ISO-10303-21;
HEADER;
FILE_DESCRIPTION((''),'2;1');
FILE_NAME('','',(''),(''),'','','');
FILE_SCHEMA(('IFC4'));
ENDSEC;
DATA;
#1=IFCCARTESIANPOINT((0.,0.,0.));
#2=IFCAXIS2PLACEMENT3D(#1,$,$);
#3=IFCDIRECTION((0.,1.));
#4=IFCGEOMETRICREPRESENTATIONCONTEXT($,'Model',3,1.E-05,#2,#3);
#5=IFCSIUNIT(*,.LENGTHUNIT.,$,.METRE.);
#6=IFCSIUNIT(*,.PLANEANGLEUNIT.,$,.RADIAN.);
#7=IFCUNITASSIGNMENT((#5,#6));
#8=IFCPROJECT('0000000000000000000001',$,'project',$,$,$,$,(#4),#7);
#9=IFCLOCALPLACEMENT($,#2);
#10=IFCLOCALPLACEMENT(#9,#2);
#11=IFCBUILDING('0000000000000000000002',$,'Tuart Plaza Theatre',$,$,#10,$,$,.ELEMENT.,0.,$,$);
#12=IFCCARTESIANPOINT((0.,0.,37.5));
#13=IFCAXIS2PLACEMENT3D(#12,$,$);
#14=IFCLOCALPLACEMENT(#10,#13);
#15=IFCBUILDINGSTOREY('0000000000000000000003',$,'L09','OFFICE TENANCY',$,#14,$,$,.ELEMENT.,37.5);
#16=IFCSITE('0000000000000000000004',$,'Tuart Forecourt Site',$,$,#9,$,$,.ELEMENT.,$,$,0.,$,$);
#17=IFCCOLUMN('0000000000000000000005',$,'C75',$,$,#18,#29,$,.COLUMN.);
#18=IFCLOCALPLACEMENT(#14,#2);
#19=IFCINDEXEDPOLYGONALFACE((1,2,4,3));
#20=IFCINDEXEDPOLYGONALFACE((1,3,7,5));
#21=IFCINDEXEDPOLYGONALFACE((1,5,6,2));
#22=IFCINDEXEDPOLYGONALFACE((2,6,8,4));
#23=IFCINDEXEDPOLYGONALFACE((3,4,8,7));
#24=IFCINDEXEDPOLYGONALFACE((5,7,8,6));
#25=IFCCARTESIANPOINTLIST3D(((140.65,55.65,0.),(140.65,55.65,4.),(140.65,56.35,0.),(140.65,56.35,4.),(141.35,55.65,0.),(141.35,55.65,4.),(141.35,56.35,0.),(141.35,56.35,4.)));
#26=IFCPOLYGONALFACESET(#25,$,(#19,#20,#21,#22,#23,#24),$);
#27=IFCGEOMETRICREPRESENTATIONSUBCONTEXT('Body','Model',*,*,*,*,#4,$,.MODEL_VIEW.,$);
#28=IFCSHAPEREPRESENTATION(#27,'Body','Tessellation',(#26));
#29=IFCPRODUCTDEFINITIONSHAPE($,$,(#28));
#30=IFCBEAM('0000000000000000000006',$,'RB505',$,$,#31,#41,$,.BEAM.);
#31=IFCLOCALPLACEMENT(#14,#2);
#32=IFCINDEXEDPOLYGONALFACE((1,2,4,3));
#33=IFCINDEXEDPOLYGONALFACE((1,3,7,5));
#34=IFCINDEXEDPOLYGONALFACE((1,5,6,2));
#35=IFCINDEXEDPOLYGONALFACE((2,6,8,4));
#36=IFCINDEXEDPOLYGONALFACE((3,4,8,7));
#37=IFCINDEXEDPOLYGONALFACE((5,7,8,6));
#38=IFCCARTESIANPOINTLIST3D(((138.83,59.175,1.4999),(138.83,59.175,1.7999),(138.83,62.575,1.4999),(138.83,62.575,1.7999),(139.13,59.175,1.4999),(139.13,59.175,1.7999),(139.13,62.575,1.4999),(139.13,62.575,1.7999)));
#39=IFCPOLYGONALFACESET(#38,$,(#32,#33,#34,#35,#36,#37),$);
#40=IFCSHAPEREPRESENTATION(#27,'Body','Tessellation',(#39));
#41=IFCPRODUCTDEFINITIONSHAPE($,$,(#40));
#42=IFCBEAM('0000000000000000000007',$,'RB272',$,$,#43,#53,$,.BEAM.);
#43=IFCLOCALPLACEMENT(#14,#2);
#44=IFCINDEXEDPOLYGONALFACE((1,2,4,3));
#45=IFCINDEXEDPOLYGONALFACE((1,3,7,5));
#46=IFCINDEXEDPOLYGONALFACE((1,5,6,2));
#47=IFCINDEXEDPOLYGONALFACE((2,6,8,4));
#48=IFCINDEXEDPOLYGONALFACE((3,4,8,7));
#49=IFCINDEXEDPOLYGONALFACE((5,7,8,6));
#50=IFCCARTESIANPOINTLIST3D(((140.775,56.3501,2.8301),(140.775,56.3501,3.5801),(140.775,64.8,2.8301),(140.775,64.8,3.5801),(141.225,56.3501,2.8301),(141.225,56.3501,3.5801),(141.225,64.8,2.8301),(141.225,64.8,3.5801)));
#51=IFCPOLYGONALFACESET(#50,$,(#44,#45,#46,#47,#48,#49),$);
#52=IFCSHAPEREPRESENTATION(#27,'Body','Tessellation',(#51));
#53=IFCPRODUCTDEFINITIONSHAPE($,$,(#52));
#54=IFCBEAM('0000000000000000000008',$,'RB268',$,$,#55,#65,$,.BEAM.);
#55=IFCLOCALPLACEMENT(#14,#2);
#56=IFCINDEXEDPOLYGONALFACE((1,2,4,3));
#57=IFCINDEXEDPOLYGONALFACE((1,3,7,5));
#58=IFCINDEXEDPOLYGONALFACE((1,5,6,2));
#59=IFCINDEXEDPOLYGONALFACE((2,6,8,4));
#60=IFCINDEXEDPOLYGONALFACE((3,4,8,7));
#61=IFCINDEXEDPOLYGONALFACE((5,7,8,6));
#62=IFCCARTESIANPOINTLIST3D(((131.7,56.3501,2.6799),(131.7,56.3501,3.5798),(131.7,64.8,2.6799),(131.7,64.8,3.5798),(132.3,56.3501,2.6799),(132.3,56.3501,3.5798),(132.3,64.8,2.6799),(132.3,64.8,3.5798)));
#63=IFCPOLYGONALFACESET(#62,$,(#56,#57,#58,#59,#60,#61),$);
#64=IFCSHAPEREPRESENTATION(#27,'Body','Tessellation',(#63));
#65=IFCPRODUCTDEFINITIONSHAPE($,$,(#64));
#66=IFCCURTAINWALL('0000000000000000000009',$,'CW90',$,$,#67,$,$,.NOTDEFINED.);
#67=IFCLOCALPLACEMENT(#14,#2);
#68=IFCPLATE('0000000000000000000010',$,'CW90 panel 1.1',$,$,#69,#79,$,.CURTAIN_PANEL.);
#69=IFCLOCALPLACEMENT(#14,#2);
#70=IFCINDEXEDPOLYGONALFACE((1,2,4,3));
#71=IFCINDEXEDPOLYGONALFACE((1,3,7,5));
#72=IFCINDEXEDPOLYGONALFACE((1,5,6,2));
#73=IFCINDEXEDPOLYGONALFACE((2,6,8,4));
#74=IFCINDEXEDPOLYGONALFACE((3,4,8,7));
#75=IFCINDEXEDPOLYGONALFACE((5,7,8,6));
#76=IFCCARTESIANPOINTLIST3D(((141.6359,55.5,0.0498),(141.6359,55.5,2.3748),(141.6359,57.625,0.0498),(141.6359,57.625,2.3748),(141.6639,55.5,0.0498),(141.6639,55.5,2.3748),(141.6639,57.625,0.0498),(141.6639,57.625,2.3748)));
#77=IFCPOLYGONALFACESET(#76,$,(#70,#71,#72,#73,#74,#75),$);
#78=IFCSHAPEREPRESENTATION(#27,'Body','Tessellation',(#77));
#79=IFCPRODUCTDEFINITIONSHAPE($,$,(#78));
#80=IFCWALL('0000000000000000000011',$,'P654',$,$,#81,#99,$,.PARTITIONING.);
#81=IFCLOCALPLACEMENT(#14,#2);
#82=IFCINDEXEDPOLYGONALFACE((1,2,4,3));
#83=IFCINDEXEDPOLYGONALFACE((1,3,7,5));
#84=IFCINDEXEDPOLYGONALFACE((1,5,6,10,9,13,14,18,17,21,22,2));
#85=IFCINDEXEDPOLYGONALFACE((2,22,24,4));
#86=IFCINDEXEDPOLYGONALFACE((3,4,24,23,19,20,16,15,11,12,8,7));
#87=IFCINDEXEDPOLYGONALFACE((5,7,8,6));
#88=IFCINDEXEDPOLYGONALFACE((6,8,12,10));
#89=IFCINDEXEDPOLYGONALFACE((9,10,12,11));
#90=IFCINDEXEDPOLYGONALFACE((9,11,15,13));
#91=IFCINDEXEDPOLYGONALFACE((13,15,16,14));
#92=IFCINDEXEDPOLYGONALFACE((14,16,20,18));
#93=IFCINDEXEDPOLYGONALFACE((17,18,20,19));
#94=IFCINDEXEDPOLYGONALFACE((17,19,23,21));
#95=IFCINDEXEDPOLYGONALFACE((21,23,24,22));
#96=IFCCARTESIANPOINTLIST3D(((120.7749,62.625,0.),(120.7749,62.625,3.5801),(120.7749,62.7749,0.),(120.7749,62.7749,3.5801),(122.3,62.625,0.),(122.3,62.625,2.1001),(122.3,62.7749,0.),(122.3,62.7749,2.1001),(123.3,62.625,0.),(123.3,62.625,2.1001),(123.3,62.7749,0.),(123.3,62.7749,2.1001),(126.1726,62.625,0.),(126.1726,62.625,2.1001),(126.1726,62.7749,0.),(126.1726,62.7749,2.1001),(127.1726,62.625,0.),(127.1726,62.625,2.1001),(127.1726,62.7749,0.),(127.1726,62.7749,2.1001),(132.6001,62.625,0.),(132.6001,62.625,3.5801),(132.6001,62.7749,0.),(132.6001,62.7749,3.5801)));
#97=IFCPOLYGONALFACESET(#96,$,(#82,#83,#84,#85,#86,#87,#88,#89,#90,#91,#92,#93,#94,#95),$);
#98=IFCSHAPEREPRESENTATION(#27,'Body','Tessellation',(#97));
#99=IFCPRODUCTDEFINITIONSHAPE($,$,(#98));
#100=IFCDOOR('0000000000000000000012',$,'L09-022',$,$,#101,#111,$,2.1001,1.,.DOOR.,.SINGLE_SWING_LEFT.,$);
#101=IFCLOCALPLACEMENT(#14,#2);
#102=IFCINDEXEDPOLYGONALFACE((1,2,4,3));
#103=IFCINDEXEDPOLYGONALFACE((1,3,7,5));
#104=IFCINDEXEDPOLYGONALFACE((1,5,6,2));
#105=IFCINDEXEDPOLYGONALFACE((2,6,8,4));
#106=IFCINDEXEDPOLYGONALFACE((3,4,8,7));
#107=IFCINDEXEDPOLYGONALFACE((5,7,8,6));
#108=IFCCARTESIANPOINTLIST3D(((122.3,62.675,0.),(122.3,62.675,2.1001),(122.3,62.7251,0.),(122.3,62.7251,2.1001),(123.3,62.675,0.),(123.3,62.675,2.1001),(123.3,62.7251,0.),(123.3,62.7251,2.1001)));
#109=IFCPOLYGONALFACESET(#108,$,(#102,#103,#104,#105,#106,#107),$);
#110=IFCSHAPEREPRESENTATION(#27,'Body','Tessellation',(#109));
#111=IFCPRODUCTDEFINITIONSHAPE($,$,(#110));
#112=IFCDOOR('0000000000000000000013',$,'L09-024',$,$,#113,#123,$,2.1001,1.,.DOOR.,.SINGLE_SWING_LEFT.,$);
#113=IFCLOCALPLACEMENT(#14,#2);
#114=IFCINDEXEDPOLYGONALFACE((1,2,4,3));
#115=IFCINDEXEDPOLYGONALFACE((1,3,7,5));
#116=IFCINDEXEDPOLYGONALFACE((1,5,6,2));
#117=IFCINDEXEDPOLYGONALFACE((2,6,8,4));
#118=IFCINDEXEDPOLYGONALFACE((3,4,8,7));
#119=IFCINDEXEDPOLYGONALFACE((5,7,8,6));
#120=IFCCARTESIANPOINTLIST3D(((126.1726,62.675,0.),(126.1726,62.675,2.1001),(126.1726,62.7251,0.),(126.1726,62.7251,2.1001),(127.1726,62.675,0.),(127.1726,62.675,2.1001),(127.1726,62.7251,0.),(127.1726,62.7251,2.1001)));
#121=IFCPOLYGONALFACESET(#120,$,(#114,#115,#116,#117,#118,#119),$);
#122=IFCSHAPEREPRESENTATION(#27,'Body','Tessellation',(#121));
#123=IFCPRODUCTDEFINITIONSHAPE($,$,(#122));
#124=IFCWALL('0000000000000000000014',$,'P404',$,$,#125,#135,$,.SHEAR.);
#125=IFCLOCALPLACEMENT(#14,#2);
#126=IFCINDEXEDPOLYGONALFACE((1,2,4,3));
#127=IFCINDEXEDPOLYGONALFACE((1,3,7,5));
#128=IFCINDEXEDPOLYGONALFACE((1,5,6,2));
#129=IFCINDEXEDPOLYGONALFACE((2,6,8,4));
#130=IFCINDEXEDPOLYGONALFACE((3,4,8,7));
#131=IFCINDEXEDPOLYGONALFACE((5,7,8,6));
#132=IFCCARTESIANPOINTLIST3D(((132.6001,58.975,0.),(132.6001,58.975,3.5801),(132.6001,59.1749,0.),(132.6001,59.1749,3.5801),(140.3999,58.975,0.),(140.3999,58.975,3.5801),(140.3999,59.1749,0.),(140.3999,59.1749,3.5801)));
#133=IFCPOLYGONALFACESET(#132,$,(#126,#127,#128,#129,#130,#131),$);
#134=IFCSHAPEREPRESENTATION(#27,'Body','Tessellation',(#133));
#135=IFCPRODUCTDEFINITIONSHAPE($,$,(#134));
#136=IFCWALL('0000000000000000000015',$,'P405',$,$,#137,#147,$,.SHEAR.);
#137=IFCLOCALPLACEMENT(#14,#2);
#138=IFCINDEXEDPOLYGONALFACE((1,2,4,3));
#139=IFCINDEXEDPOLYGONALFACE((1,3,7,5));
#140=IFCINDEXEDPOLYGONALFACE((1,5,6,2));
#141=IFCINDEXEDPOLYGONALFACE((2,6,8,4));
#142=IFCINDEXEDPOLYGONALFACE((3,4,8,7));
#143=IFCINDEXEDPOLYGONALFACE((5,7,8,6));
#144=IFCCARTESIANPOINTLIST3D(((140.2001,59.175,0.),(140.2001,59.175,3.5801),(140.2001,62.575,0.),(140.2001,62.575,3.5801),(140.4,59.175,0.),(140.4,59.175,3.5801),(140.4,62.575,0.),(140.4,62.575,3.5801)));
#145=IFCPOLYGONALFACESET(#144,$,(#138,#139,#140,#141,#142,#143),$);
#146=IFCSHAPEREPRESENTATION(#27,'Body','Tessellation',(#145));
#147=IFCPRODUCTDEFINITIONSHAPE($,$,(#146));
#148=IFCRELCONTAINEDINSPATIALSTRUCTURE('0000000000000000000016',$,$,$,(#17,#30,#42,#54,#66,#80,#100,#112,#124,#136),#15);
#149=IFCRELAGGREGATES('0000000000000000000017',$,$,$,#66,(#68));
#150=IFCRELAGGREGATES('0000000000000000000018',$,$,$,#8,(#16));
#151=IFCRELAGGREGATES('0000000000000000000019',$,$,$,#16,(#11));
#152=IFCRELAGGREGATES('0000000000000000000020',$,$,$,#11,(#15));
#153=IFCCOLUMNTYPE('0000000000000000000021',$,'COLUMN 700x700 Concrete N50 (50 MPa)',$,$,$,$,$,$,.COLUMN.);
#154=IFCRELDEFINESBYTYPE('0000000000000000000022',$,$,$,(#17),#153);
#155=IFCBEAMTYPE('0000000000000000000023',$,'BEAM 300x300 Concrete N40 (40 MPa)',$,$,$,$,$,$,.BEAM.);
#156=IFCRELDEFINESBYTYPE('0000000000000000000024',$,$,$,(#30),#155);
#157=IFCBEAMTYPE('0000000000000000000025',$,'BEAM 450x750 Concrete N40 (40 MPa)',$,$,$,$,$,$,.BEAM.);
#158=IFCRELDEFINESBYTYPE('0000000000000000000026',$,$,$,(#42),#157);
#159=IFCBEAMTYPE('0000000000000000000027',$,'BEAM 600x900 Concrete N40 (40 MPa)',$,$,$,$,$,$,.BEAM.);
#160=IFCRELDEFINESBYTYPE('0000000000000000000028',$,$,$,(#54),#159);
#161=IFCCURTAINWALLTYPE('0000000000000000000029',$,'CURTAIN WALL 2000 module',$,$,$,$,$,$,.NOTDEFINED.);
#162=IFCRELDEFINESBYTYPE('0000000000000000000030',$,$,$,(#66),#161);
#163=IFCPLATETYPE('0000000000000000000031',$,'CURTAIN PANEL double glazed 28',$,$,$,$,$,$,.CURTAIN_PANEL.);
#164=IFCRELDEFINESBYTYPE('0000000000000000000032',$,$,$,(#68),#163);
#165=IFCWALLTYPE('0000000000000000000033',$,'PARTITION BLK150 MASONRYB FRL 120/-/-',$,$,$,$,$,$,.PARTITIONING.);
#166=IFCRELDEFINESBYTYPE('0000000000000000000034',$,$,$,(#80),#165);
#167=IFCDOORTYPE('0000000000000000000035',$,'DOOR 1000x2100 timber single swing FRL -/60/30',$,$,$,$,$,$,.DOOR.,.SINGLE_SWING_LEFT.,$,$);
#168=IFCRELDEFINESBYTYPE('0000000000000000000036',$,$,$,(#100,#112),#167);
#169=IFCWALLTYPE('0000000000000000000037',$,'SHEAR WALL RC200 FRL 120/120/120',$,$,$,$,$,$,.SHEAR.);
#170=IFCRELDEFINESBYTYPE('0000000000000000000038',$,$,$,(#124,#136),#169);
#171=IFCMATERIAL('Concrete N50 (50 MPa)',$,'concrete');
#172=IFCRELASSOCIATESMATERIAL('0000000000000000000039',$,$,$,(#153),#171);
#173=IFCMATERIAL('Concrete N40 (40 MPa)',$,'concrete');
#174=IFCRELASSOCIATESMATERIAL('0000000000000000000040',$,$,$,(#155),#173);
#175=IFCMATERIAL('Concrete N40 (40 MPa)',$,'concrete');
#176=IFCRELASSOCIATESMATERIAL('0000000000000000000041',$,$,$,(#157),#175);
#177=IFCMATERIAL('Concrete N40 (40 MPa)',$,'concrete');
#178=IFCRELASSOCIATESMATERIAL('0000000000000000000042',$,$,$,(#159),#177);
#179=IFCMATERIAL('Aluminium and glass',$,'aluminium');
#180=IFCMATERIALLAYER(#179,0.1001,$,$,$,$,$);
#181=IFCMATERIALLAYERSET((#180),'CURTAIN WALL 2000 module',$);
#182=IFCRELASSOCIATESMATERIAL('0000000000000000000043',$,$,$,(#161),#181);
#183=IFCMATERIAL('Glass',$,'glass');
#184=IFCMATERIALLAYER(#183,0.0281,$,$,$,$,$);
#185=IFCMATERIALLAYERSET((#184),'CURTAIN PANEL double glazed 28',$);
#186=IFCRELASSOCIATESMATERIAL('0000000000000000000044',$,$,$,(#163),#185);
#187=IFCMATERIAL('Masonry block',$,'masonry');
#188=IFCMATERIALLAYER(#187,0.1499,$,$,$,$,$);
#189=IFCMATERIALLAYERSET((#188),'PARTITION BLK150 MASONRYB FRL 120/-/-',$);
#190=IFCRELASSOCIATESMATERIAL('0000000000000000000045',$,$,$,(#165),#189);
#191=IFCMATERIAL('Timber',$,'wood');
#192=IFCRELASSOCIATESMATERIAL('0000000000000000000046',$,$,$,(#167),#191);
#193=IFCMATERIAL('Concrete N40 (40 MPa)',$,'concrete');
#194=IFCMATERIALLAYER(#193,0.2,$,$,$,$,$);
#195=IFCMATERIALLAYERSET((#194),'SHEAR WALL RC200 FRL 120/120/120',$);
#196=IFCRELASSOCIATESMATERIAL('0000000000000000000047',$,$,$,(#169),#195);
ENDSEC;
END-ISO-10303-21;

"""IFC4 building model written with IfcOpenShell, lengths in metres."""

from ifc_helpers import new_model, si_unit, direction, frame, frame_2d, origin, origin_2d, place, context, subcontext, project, spatial, rectangle, extrude, material, layer, layer_set, material_profile, profile_set, type_object, element, fill, aggregate, save


model = new_model("IFC4")

# Units and contexts
model_context = context("Model", 3, precision=1e-05, world=origin(), true_north=direction((0.0, 1.0)))
body_context = subcontext(model_context, "Body", "Model", "MODEL_VIEW")
ifc_project = project(units=[si_unit("LENGTHUNIT", "METRE"), si_unit("PLANEANGLEUNIT", "RADIAN")], contexts=[model_context])

# Site, building, storey
site_placement = place(None, origin())
site = spatial("IfcSite", under=ifc_project, at=site_placement, Name="Tuart Forecourt Site", CompositionType="ELEMENT", RefElevation=0.0)
building_placement = place(site_placement, origin())
building = spatial("IfcBuilding", under=site, at=building_placement, Name="Tuart Plaza Theatre", CompositionType="ELEMENT", ElevationOfRefHeight=0.0)
storey_placement = place(building_placement, frame((0.0, 0.0, 37.5)))
storey = spatial("IfcBuildingStorey", under=building, at=storey_placement, Name="L09", Description="OFFICE TENANCY", CompositionType="ELEMENT", Elevation=37.5)

# Column
ifc_material_1 = material(Name="Concrete N50 (50 MPa)", Category="concrete")
ifc_material_profile_1 = material_profile(ifc_material_1, rectangle(XDim=0.7, YDim=0.7, at=origin_2d()), Name="COLUMN 700x700 Concrete N50 (50 MPa)")
ifc_profile_set_1 = profile_set([ifc_material_profile_1], Name="Concrete N50 (50 MPa)")
column_type = type_object("IfcColumnType", Name="COLUMN 700x700 Concrete N50 (50 MPa)", PredefinedType="COLUMN", material=ifc_profile_set_1)
column_placement = place(storey_placement, frame((141.0, 56.0, 0.0), z_axis=(0.0, 0.0, 1.0), x_axis=(1.0, 0.0, 0.0)))
element("IfcColumn", 1, at=column_placement, inside=storey, type_object=column_type, Name="C75", PredefinedType="COLUMN", context=body_context, shape_type="SweptSolid", body=[
    extrude(rectangle(XDim=0.7, YDim=0.7, at=origin_2d()), origin(), (0.0, 0.0, 1.0), 4.0),
])

# Beams
ifc_material_2 = material(Name="Concrete N40 (40 MPa)", Category="concrete")
ifc_material_profile_2 = material_profile(ifc_material_2, rectangle(XDim=0.3, YDim=0.3, at=origin_2d()), Name="BEAM 300x300 Concrete N40 (40 MPa)")
ifc_profile_set_2 = profile_set([ifc_material_profile_2], Name="Concrete N40 (40 MPa)")
beam_type_1 = type_object("IfcBeamType", Name="BEAM 300x300 Concrete N40 (40 MPa)", PredefinedType="BEAM", material=ifc_profile_set_2)
beam_1_placement = place(storey_placement, frame((138.98, 59.175, 1.6499), z_axis=(0.0, 1.0, 0.0), x_axis=(-1.0, 0.0, 0.0)))
element("IfcBeam", 2, at=beam_1_placement, inside=storey, type_object=beam_type_1, Name="RB505", PredefinedType="BEAM", context=body_context, shape_type="SweptSolid", body=[
    extrude(rectangle(XDim=0.3, YDim=0.3, at=origin_2d()), origin(), (0.0, 0.0, 1.0), 3.3999),
])
ifc_material_3 = material(Name="Concrete N40 (40 MPa)", Category="concrete")
ifc_material_profile_3 = material_profile(ifc_material_3, rectangle(XDim=0.45, YDim=0.75, at=origin_2d()), Name="BEAM 450x750 Concrete N40 (40 MPa)")
ifc_profile_set_3 = profile_set([ifc_material_profile_3], Name="Concrete N40 (40 MPa)")
beam_type_2 = type_object("IfcBeamType", Name="BEAM 450x750 Concrete N40 (40 MPa)", PredefinedType="BEAM", material=ifc_profile_set_3)
beam_2_placement = place(storey_placement, frame((141.0, 56.3501, 3.2051), z_axis=(0.0, 1.0, 0.0), x_axis=(-1.0, 0.0, 0.0)))
element("IfcBeam", 3, at=beam_2_placement, inside=storey, type_object=beam_type_2, Name="RB272", PredefinedType="BEAM", context=body_context, shape_type="SweptSolid", body=[
    extrude(rectangle(XDim=0.45, YDim=0.75, at=origin_2d()), origin(), (0.0, 0.0, 1.0), 8.45),
])
ifc_material_4 = material(Name="Concrete N40 (40 MPa)", Category="concrete")
ifc_material_profile_4 = material_profile(ifc_material_4, rectangle(XDim=0.6001, YDim=0.8999, at=origin_2d()), Name="BEAM 600x900 Concrete N40 (40 MPa)")
ifc_profile_set_4 = profile_set([ifc_material_profile_4], Name="Concrete N40 (40 MPa)")
beam_type_3 = type_object("IfcBeamType", Name="BEAM 600x900 Concrete N40 (40 MPa)", PredefinedType="BEAM", material=ifc_profile_set_4)
beam_3_placement = place(storey_placement, frame((132.0, 56.3501, 3.1299), z_axis=(0.0, 1.0, 0.0), x_axis=(-1.0, 0.0, 0.0)))
element("IfcBeam", 4, at=beam_3_placement, inside=storey, type_object=beam_type_3, Name="RB268", PredefinedType="BEAM", context=body_context, shape_type="SweptSolid", body=[
    extrude(rectangle(XDim=0.6001, YDim=0.8999, at=origin_2d()), origin(), (0.0, 0.0, 1.0), 8.45),
])

# Curtain wall, plate
ifc_material_5 = material(Name="Aluminium and glass", Category="aluminium")
ifc_layer_1 = layer(ifc_material_5, 0.1001)
ifc_layer_set_1 = layer_set([ifc_layer_1], Name="CURTAIN WALL 2000 module")
curtain_wall_type = type_object("IfcCurtainWallType", Name="CURTAIN WALL 2000 module", PredefinedType="NOTDEFINED", material=ifc_layer_set_1)
curtain_wall_placement = place(storey_placement, origin())
curtain_wall = element("IfcCurtainWall", 5, at=curtain_wall_placement, inside=storey, type_object=curtain_wall_type, Name="CW90", PredefinedType="NOTDEFINED")
ifc_material_6 = material(Name="Glass", Category="glass")
ifc_layer_2 = layer(ifc_material_6, 0.0281)
ifc_layer_set_2 = layer_set([ifc_layer_2], Name="CURTAIN PANEL double glazed 28")
plate_type = type_object("IfcPlateType", Name="CURTAIN PANEL double glazed 28", PredefinedType="CURTAIN_PANEL", material=ifc_layer_set_2)
plate_placement = place(storey_placement, frame((141.6499, 56.5625, 0.0498), z_axis=(0.0, 0.0, 1.0), x_axis=(0.0, 1.0, 0.0)))
plate = element("IfcPlate", 6, at=plate_placement, type_object=plate_type, Name="CW90 panel 1.1", PredefinedType="CURTAIN_PANEL", context=body_context, shape_type="SweptSolid", body=[
    extrude(rectangle(XDim=2.125, YDim=0.0281, at=origin_2d()), origin(), (0.0, 0.0, 1.0), 2.325),
])
aggregate(curtain_wall, [plate])

# Wall, openings, doors
ifc_material_7 = material(Name="Masonry block", Category="masonry")
ifc_layer_3 = layer(ifc_material_7, 0.1499)
ifc_layer_set_3 = layer_set([ifc_layer_3], Name="PARTITION BLK150 MASONRYB FRL 120/-/-")
wall_type_1 = type_object("IfcWallType", Name="PARTITION BLK150 MASONRYB FRL 120/-/-", PredefinedType="PARTITIONING", material=ifc_layer_set_3)
wall_1_placement = place(storey_placement, frame((132.6001, 62.7, 0.0), z_axis=(0.0, 0.0, 1.0), x_axis=(-1.0, 0.0, 0.0)))
wall_1 = element("IfcWall", 7, at=wall_1_placement, inside=storey, type_object=wall_type_1, Name="P654", PredefinedType="PARTITIONING", context=body_context, shape_type="SweptSolid", body=[
    extrude(rectangle(XDim=11.8252, YDim=0.1499, at=frame_2d((5.9126, 0.0))), origin(), (0.0, 0.0, 1.0), 3.5801),
])
opening_1_placement = place(wall_1_placement, frame((9.3, 0.0, 0.0)))
opening_1 = element("IfcOpeningElement", 8, at=opening_1_placement, cuts=wall_1, PredefinedType="OPENING", context=body_context, shape_type="SweptSolid", body=[
    extrude(rectangle(XDim=1.0, YDim=2.1001, at=frame_2d((0.5, 1.05))), frame((0.0, 0.085, 0.0), z_axis=(0.0, -1.0, 0.0), x_axis=(1.0, 0.0, 0.0)), (0.0, 0.0, 1.0), 0.1699),
])
opening_2_placement = place(wall_1_placement, frame((5.4275, 0.0, 0.0)))
opening_2 = element("IfcOpeningElement", 9, at=opening_2_placement, cuts=wall_1, PredefinedType="OPENING", context=body_context, shape_type="SweptSolid", body=[
    extrude(rectangle(XDim=1.0, YDim=2.1001, at=frame_2d((0.5, 1.05))), frame((0.0, 0.085, 0.0), z_axis=(0.0, -1.0, 0.0), x_axis=(1.0, 0.0, 0.0)), (0.0, 0.0, 1.0), 0.1699),
])
ifc_material_8 = material(Name="Timber", Category="wood")
door_type_1 = type_object("IfcDoorType", Name="DOOR 1000x2100 timber single swing FRL -/60/30", OperationType="SINGLE_SWING_LEFT", PredefinedType="DOOR", material=ifc_material_8)
door_1_placement = place(opening_1_placement, origin())
door_1 = element("IfcDoor", 10, at=door_1_placement, inside=storey, type_object=door_type_1, Name="L09-022", OperationType="SINGLE_SWING_LEFT", OverallHeight=2.1001, OverallWidth=1.0, PredefinedType="DOOR", context=body_context, shape_type="SweptSolid", body=[
    extrude(rectangle(XDim=1.0, YDim=2.1001, at=frame_2d((0.5, 1.05))), frame((0.0, 0.0249, 0.0), z_axis=(0.0, -1.0, 0.0), x_axis=(1.0, 0.0, 0.0)), (0.0, 0.0, 1.0), 0.05),
])
fill(opening_1, door_1)
door_2_placement = place(opening_2_placement, origin())
door_2 = element("IfcDoor", 11, at=door_2_placement, inside=storey, type_object=door_type_1, Name="L09-024", OperationType="SINGLE_SWING_LEFT", OverallHeight=2.1001, OverallWidth=1.0, PredefinedType="DOOR", context=body_context, shape_type="SweptSolid", body=[
    extrude(rectangle(XDim=1.0, YDim=2.1001, at=frame_2d((0.5, 1.05))), frame((0.0, 0.0249, 0.0), z_axis=(0.0, -1.0, 0.0), x_axis=(1.0, 0.0, 0.0)), (0.0, 0.0, 1.0), 0.05),
])
fill(opening_2, door_2)

# Walls
ifc_material_9 = material(Name="Concrete N40 (40 MPa)", Category="concrete")
ifc_layer_4 = layer(ifc_material_9, 0.2)
ifc_layer_set_4 = layer_set([ifc_layer_4], Name="SHEAR WALL RC200 FRL 120/120/120")
wall_type_2 = type_object("IfcWallType", Name="SHEAR WALL RC200 FRL 120/120/120", PredefinedType="SHEAR", material=ifc_layer_set_4)
wall_2_placement = place(storey_placement, frame((132.6001, 59.075, 0.0), z_axis=(0.0, 0.0, 1.0), x_axis=(1.0, 0.0, 0.0)))
element("IfcWall", 12, at=wall_2_placement, inside=storey, type_object=wall_type_2, Name="P404", PredefinedType="SHEAR", context=body_context, shape_type="SweptSolid", body=[
    extrude(rectangle(XDim=7.7998, YDim=0.2, at=frame_2d((3.8999, 0.0))), origin(), (0.0, 0.0, 1.0), 3.5801),
])
wall_3_placement = place(storey_placement, frame((140.3, 59.175, 0.0), z_axis=(0.0, 0.0, 1.0), x_axis=(0.0, 1.0, 0.0)))
element("IfcWall", 13, at=wall_3_placement, inside=storey, type_object=wall_type_2, Name="P405", PredefinedType="SHEAR", context=body_context, shape_type="SweptSolid", body=[
    extrude(rectangle(XDim=3.3999, YDim=0.2, at=frame_2d((1.7, 0.0))), origin(), (0.0, 0.0, 1.0), 3.5801),
])

save(model, "model.ifc")
